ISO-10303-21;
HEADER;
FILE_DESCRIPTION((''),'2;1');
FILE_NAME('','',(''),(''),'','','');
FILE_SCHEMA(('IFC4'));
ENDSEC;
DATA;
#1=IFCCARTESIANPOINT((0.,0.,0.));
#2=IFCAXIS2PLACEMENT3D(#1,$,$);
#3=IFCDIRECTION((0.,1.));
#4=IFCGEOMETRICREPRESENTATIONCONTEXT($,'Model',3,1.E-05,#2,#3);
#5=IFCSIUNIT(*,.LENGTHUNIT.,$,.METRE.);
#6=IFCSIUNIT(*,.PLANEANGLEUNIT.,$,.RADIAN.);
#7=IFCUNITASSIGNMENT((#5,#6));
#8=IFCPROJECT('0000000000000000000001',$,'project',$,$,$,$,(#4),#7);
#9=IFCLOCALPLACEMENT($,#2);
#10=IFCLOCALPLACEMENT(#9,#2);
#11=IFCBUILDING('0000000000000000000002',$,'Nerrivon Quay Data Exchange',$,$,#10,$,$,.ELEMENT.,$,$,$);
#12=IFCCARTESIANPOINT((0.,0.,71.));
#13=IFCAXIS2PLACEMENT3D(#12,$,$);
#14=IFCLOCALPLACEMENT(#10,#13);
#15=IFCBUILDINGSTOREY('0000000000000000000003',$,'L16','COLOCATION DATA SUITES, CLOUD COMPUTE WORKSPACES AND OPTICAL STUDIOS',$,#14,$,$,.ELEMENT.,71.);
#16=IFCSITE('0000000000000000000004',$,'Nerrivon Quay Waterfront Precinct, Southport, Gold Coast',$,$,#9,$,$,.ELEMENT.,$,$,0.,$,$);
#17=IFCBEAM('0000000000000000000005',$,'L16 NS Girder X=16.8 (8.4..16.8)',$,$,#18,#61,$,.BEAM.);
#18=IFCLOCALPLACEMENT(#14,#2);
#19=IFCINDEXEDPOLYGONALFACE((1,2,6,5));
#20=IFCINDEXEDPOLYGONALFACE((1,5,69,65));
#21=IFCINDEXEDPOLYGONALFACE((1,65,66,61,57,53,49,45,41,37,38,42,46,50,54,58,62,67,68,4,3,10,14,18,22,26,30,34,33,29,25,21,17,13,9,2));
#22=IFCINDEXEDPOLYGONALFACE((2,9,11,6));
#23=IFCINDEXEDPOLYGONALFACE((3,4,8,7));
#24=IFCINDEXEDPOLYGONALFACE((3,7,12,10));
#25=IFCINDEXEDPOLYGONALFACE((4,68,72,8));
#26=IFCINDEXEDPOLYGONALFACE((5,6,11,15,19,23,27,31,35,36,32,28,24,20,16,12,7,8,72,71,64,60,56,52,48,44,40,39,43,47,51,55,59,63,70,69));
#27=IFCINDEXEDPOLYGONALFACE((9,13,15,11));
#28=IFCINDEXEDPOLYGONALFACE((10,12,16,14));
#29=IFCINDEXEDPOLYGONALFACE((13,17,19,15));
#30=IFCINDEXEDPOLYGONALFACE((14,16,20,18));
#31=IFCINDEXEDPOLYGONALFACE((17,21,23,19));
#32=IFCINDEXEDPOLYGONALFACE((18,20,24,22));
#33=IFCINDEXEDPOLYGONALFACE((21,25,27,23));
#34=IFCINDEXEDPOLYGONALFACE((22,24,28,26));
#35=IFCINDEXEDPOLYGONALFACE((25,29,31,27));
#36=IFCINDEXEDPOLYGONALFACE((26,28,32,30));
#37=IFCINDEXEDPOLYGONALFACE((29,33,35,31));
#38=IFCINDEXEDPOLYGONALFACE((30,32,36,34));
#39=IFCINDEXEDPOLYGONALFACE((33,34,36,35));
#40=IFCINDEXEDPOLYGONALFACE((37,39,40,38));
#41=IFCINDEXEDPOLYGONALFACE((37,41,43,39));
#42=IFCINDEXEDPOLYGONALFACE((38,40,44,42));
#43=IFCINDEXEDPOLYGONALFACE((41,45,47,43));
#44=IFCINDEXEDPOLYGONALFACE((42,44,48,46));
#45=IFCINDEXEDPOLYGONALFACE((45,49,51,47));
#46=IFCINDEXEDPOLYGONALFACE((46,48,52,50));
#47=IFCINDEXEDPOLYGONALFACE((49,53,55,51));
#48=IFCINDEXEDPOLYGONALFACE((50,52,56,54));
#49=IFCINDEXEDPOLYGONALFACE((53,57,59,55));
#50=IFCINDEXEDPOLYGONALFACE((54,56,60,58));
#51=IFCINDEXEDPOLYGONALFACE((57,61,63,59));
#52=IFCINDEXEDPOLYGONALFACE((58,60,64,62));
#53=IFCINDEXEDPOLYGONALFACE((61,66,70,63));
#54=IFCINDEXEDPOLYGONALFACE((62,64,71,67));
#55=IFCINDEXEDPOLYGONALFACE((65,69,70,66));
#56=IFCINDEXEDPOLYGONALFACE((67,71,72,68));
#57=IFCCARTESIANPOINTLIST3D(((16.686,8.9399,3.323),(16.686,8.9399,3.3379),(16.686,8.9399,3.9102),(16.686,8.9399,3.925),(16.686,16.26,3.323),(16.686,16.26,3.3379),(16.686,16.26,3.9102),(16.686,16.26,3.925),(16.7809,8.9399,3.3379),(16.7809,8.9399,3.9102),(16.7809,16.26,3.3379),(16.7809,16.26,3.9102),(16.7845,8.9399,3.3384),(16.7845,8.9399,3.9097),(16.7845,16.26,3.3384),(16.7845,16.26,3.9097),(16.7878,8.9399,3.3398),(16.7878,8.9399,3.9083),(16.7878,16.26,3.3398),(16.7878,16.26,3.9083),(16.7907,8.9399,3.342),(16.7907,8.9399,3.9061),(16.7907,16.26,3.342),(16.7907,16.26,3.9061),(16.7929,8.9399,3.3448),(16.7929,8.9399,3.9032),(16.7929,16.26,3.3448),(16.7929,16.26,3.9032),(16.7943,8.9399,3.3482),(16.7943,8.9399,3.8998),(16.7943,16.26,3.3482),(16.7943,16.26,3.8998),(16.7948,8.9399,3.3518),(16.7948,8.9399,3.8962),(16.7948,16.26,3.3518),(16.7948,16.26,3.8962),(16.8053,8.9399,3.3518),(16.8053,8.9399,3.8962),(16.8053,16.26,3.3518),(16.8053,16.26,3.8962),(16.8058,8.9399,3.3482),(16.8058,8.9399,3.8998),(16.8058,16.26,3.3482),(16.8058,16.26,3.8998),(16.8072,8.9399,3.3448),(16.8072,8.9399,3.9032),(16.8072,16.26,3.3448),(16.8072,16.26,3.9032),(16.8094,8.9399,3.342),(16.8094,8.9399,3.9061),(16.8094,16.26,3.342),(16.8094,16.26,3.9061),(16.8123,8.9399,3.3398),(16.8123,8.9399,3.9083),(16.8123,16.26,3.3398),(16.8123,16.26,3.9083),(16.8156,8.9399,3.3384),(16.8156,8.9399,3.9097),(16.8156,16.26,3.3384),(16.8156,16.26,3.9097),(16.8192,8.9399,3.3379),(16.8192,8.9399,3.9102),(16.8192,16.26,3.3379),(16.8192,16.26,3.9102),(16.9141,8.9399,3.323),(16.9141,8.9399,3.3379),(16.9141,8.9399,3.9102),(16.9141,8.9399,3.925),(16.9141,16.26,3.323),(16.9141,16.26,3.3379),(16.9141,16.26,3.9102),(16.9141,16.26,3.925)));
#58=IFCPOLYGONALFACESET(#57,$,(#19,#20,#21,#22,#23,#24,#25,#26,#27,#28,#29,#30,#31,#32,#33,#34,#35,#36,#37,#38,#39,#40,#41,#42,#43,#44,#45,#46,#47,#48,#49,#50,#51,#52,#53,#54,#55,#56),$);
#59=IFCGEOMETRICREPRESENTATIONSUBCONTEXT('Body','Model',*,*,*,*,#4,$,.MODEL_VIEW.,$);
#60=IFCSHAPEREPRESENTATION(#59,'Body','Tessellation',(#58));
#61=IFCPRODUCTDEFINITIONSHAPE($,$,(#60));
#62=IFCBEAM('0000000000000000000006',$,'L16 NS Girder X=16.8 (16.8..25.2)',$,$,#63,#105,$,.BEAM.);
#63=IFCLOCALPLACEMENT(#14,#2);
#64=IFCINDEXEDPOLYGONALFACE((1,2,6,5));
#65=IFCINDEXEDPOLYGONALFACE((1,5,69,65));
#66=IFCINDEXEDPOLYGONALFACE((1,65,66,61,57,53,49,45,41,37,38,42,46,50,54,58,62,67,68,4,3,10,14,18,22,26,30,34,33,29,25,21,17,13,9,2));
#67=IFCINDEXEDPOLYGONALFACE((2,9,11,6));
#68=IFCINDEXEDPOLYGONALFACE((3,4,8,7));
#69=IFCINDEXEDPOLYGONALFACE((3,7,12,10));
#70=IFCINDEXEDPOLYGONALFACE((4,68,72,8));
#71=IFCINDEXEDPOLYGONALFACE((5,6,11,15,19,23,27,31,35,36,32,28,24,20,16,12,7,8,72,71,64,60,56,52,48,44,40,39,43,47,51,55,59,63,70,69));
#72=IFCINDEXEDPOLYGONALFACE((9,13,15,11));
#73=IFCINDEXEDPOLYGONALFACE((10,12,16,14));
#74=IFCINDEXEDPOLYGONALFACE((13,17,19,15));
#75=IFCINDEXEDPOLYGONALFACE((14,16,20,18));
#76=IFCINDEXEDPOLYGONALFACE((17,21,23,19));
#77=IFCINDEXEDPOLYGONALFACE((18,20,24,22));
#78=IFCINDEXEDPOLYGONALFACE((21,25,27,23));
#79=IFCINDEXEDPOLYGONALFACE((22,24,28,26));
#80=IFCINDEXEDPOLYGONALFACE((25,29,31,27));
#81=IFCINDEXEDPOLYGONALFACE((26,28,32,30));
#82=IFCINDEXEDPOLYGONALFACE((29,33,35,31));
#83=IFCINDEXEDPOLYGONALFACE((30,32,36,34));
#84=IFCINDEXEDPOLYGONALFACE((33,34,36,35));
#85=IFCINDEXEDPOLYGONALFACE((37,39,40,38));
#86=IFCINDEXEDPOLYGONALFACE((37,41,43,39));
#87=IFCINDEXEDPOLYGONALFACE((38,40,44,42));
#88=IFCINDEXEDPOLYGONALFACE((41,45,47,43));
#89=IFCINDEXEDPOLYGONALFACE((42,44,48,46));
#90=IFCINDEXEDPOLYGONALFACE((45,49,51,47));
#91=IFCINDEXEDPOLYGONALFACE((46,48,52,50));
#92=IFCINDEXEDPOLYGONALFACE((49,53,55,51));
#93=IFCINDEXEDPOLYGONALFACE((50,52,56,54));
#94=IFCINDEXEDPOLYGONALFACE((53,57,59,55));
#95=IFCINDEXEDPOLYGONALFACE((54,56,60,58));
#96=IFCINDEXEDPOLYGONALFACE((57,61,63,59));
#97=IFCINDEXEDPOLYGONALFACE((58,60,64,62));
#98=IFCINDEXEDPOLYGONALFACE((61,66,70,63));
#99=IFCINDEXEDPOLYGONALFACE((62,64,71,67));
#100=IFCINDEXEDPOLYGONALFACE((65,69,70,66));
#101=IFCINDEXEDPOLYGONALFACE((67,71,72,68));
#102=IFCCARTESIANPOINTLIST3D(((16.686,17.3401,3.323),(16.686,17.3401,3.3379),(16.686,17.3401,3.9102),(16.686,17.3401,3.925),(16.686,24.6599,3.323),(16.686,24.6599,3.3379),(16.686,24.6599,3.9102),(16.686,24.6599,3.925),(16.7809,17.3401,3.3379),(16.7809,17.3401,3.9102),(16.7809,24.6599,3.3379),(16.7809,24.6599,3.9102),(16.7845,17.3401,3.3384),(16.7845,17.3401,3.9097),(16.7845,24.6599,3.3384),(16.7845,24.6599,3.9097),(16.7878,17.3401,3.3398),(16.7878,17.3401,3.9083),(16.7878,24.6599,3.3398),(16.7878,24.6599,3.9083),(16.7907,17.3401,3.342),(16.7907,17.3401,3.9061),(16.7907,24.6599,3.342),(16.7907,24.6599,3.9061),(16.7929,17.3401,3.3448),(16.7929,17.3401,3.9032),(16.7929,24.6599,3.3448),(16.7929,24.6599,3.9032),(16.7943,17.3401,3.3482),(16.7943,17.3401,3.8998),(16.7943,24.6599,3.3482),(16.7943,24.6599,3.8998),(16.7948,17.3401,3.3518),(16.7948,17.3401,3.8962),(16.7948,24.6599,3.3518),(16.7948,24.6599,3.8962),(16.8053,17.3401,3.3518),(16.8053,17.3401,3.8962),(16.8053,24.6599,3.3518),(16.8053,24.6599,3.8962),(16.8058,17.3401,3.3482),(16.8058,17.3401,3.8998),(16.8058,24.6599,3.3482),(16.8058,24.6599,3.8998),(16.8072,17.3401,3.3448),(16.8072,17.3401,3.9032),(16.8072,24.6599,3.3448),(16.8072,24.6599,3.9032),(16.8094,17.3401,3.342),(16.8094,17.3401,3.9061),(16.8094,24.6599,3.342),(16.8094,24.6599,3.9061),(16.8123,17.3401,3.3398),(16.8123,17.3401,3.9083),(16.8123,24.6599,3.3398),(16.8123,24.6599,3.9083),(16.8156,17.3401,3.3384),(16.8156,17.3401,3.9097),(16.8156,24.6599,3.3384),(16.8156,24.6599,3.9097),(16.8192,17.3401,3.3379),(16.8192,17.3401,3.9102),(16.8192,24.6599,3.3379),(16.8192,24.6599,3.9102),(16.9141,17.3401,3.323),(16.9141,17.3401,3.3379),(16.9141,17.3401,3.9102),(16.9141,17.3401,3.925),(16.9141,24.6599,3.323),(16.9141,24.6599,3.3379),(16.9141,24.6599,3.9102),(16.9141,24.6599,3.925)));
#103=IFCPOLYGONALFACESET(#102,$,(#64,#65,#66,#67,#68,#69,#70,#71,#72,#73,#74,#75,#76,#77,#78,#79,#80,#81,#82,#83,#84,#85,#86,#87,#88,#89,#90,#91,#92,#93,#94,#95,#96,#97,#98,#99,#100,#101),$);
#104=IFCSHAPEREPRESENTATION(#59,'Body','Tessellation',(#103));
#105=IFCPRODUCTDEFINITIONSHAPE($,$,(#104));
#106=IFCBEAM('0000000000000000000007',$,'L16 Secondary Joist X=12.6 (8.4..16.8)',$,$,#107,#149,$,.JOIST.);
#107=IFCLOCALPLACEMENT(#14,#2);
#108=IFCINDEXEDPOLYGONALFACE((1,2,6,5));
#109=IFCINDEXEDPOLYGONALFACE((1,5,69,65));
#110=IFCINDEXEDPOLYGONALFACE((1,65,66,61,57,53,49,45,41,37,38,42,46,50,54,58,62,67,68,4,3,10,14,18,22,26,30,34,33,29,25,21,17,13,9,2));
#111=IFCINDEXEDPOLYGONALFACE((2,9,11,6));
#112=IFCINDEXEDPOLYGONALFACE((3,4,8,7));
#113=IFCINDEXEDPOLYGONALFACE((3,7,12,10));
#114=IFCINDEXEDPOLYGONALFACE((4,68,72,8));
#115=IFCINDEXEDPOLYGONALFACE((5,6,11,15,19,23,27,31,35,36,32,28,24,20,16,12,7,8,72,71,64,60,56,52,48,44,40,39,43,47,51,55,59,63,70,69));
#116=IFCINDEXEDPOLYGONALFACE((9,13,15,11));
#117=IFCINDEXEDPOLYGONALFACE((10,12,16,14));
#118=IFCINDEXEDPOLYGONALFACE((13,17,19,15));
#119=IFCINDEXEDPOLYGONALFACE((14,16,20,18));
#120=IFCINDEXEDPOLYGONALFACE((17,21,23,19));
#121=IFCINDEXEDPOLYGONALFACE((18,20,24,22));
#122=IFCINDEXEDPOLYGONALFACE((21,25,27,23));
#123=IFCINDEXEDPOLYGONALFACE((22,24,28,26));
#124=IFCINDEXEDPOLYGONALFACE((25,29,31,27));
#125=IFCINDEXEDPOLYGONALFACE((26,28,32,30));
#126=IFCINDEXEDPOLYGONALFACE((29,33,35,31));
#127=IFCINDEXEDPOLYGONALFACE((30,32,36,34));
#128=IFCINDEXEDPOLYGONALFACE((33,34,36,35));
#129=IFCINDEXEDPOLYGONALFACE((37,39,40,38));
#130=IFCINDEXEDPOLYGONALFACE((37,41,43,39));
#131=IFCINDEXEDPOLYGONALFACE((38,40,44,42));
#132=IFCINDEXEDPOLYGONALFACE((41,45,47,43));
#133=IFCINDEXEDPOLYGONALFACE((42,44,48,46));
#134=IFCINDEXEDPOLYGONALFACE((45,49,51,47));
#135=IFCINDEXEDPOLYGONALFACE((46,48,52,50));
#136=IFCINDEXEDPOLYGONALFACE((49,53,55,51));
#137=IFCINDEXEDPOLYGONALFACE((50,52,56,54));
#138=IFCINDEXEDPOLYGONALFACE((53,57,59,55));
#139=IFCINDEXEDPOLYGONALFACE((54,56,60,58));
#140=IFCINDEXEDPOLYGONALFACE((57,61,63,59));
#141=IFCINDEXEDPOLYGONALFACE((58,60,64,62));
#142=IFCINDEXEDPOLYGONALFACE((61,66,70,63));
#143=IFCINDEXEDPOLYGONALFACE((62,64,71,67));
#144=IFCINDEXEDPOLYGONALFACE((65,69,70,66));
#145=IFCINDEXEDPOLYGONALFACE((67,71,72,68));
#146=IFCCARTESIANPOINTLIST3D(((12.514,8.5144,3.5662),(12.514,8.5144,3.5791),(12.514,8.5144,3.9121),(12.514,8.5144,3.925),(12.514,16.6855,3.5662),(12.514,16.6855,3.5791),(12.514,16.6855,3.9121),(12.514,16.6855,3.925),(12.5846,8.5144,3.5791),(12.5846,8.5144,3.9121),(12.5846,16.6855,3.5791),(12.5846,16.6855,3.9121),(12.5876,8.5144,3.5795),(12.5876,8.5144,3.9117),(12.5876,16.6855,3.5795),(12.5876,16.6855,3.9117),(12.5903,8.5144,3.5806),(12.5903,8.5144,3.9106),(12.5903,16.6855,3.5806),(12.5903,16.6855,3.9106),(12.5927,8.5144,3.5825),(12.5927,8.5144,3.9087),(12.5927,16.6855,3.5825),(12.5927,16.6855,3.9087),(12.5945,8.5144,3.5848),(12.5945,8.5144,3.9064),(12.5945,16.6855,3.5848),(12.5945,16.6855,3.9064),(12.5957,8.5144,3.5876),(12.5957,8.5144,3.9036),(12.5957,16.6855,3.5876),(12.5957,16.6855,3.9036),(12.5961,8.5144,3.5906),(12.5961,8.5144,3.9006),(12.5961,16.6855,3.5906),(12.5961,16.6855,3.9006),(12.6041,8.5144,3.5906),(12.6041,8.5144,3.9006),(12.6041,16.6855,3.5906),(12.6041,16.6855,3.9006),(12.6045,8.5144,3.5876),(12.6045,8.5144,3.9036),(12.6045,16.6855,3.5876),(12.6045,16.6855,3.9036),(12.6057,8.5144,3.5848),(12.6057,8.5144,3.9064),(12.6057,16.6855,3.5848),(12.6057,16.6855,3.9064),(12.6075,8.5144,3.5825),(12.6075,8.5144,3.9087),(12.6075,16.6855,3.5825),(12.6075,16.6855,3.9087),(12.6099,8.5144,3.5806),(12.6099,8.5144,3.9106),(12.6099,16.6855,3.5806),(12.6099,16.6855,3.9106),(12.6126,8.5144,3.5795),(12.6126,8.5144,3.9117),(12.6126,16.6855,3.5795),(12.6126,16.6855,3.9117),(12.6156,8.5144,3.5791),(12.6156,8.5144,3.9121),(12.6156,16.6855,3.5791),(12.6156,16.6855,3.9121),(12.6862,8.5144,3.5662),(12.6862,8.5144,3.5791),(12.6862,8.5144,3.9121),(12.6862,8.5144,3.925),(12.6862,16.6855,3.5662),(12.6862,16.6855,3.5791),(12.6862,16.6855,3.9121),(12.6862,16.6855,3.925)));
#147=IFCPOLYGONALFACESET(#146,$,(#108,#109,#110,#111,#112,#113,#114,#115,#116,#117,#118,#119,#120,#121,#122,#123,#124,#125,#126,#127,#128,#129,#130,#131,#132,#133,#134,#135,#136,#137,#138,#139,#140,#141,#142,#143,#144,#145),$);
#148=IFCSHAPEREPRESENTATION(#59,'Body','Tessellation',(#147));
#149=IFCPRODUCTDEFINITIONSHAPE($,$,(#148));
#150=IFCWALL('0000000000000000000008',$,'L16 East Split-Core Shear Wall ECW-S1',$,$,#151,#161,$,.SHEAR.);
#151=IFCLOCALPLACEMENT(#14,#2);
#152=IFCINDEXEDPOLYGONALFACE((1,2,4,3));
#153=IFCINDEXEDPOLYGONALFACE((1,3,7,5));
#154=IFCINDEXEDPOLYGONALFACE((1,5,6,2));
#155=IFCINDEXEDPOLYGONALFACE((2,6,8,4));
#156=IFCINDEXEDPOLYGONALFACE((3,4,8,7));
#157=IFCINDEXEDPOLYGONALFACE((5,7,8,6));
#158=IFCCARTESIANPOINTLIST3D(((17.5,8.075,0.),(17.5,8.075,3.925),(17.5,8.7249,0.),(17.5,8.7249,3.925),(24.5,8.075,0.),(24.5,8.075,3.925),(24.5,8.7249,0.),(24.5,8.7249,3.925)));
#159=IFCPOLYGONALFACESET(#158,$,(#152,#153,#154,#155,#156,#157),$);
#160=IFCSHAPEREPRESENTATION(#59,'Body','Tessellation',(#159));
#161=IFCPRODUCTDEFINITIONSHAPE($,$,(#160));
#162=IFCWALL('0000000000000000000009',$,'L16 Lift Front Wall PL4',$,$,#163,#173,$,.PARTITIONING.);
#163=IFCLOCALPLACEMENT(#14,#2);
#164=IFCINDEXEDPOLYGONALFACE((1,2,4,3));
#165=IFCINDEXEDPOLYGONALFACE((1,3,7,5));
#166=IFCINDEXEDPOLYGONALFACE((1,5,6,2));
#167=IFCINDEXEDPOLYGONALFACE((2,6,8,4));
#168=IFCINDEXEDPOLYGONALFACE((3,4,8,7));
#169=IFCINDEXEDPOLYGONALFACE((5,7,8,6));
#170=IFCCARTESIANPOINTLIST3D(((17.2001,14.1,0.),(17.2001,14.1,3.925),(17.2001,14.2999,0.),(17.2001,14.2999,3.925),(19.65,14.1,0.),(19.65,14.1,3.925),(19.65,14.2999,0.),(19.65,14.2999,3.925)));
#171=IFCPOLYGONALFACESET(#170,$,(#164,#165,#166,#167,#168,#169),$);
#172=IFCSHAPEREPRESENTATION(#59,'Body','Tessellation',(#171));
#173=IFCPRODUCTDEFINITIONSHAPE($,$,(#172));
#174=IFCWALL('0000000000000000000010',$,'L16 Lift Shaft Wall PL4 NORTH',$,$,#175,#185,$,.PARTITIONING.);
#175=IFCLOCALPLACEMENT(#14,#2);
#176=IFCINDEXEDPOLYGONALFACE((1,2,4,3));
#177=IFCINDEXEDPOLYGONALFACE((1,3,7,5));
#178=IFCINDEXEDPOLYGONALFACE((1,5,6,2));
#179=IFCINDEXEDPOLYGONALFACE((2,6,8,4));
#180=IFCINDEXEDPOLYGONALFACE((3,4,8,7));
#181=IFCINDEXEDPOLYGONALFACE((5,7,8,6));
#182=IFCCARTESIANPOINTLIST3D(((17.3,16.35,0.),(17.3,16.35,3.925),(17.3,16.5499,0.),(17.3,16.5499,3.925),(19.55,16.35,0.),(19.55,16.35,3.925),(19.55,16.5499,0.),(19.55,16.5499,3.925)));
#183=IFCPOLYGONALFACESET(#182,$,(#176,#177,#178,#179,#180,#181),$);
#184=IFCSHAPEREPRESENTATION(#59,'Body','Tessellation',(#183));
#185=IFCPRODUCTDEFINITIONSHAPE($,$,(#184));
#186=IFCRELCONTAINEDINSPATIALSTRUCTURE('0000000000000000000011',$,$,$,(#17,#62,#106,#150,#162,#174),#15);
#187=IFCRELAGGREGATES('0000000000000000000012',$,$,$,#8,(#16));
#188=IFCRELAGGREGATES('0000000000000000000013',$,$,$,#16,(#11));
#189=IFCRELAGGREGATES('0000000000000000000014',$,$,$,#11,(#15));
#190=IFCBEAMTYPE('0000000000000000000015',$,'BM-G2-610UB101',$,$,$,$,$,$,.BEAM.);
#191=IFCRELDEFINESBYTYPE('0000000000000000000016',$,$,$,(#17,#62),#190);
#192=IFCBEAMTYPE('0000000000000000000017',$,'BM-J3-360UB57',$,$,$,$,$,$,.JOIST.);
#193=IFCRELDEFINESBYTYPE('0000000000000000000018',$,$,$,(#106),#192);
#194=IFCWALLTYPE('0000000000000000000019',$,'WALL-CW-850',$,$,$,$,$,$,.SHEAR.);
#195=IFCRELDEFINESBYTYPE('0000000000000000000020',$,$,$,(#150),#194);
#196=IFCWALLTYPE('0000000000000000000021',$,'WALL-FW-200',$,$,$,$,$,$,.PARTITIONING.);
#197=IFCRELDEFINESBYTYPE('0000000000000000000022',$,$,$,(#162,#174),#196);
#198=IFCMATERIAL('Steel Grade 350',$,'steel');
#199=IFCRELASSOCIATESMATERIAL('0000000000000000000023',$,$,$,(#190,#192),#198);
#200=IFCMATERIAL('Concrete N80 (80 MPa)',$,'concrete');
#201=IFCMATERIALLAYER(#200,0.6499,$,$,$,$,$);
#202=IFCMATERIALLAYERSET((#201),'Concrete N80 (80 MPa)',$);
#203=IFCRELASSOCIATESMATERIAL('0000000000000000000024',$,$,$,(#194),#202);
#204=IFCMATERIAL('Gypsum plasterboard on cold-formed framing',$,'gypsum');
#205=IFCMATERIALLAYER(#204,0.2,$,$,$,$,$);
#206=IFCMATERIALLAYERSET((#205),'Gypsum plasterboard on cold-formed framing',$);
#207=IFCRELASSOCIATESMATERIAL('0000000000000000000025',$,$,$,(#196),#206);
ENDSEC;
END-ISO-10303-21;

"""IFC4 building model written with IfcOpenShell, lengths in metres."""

from ifc_helpers import new_model, si_unit, direction, frame, frame_2d, origin, origin_2d, place, context, subcontext, project, spatial, rectangle, i_section, extrude, material, layer, layer_set, material_profile, profile_set, type_object, element, save


model = new_model("IFC4")

# Units and contexts
model_context = context("Model", 3, precision=1e-05, world=origin(), true_north=direction((0.0, 1.0)))
body_context = subcontext(model_context, "Body", "Model", "MODEL_VIEW")
ifc_project = project(units=[si_unit("LENGTHUNIT", "METRE"), si_unit("PLANEANGLEUNIT", "RADIAN")], contexts=[model_context])

# Site, building, storey
site_placement = place(None, origin())
site = spatial("IfcSite", under=ifc_project, at=site_placement, Name="Nerrivon Quay Waterfront Precinct, Southport, Gold Coast", CompositionType="ELEMENT", RefElevation=0.0)
building_placement = place(site_placement, origin())
building = spatial("IfcBuilding", under=site, at=building_placement, Name="Nerrivon Quay Data Exchange", CompositionType="ELEMENT")
storey_placement = place(building_placement, frame((0.0, 0.0, 71.0)))
storey = spatial("IfcBuildingStorey", under=building, at=storey_placement, Name="L16", Description="COLOCATION DATA SUITES, CLOUD COMPUTE WORKSPACES AND OPTICAL STUDIOS", CompositionType="ELEMENT", Elevation=71.0)

# Shared definitions
ifc_material_1 = material(Name="Concrete N80 (80 MPa)", Category="concrete")
ifc_material_2 = material(Name="Steel Grade 350", Category="steel")

# Beams
ifc_material_profile_1 = material_profile(ifc_material_2, i_section(OverallWidth=0.228, OverallDepth=0.6021, WebThickness=0.0105, FlangeThickness=0.0149, FilletRadius=0.0139, at=origin_2d()), Name="610UB101")
ifc_profile_set_1 = profile_set([ifc_material_profile_1], Name="Steel Grade 350")
beam_type_1 = type_object("IfcBeamType", Name="BM-G2-610UB101", PredefinedType="BEAM", material=ifc_profile_set_1)
beam_1_placement = place(storey_placement, frame((16.8, 8.9399, 3.624), z_axis=(0.0, 1.0, 0.0), x_axis=(-1.0, 0.0, 0.0)))
element("IfcBeam", 1, at=beam_1_placement, inside=storey, type_object=beam_type_1, Name="L16 NS Girder X=16.8 (8.4..16.8)", PredefinedType="BEAM", context=body_context, shape_type="SweptSolid", body=[
    extrude(i_section(OverallWidth=0.228, OverallDepth=0.6021, WebThickness=0.0105, FlangeThickness=0.0149, FilletRadius=0.0139, at=origin_2d()), origin(), (0.0, 0.0, 1.0), 7.3201),
])
beam_2_placement = place(storey_placement, frame((16.8, 17.3401, 3.624), z_axis=(0.0, 1.0, 0.0), x_axis=(-1.0, 0.0, 0.0)))
element("IfcBeam", 2, at=beam_2_placement, inside=storey, type_object=beam_type_1, Name="L16 NS Girder X=16.8 (16.8..25.2)", PredefinedType="BEAM", context=body_context, shape_type="SweptSolid", body=[
    extrude(i_section(OverallWidth=0.228, OverallDepth=0.6021, WebThickness=0.0105, FlangeThickness=0.0149, FilletRadius=0.0139, at=origin_2d()), origin(), (0.0, 0.0, 1.0), 7.3198),
])
ifc_material_profile_2 = material_profile(ifc_material_2, i_section(OverallWidth=0.1721, OverallDepth=0.3589, WebThickness=0.0081, FlangeThickness=0.0129, FilletRadius=0.0115, at=origin_2d()), Name="360UB56.7")
ifc_profile_set_2 = profile_set([ifc_material_profile_2], Name="Steel Grade 350")
beam_type_2 = type_object("IfcBeamType", Name="BM-J3-360UB57", PredefinedType="JOIST", material=ifc_profile_set_2)
beam_3_placement = place(storey_placement, frame((12.6001, 8.5144, 3.7456), z_axis=(0.0, 1.0, 0.0), x_axis=(-1.0, 0.0, 0.0)))
element("IfcBeam", 3, at=beam_3_placement, inside=storey, type_object=beam_type_2, Name="L16 Secondary Joist X=12.6 (8.4..16.8)", PredefinedType="JOIST", context=body_context, shape_type="SweptSolid", body=[
    extrude(i_section(OverallWidth=0.1721, OverallDepth=0.3589, WebThickness=0.0081, FlangeThickness=0.0129, FilletRadius=0.0115, at=origin_2d()), origin(), (0.0, 0.0, 1.0), 8.1711),
])

# Wall
ifc_layer_1 = layer(ifc_material_1, 0.6499)
ifc_layer_set_1 = layer_set([ifc_layer_1], Name="Concrete N80 (80 MPa)")
wall_type_1 = type_object("IfcWallType", Name="WALL-CW-850", PredefinedType="SHEAR", material=ifc_layer_set_1)
wall_1_placement = place(storey_placement, frame((17.5, 8.3999, 0.0), z_axis=(0.0, 0.0, 1.0), x_axis=(1.0, 0.0, 0.0)))
element("IfcWall", 4, at=wall_1_placement, inside=storey, type_object=wall_type_1, Name="L16 East Split-Core Shear Wall ECW-S1", PredefinedType="SHEAR", context=body_context, shape_type="SweptSolid", body=[
    extrude(rectangle(XDim=7.0, YDim=0.6499, at=frame_2d((3.5, 0.0))), origin(), (0.0, 0.0, 1.0), 3.925),
])

# Walls
ifc_material_3 = material(Name="Gypsum plasterboard on cold-formed framing", Category="gypsum")
ifc_layer_2 = layer(ifc_material_3, 0.2)
ifc_layer_set_2 = layer_set([ifc_layer_2], Name="Gypsum plasterboard on cold-formed framing")
wall_type_2 = type_object("IfcWallType", Name="WALL-FW-200", PredefinedType="PARTITIONING", material=ifc_layer_set_2)
wall_2_placement = place(storey_placement, frame((17.2, 14.2, 0.0), z_axis=(0.0, 0.0, 1.0), x_axis=(1.0, 0.0, 0.0)))
element("IfcWall", 5, at=wall_2_placement, inside=storey, type_object=wall_type_2, Name="L16 Lift Front Wall PL4", PredefinedType="PARTITIONING", context=body_context, shape_type="SweptSolid", body=[
    extrude(rectangle(XDim=2.45, YDim=0.2, at=frame_2d((1.2251, 0.0))), origin(), (0.0, 0.0, 1.0), 3.925),
])
wall_3_placement = place(storey_placement, frame((17.3, 16.45, 0.0), z_axis=(0.0, 0.0, 1.0), x_axis=(1.0, 0.0, 0.0)))
element("IfcWall", 6, at=wall_3_placement, inside=storey, type_object=wall_type_2, Name="L16 Lift Shaft Wall PL4 NORTH", PredefinedType="PARTITIONING", context=body_context, shape_type="SweptSolid", body=[
    extrude(rectangle(XDim=2.25, YDim=0.2, at=frame_2d((1.125, 0.0))), origin(), (0.0, 0.0, 1.0), 3.925),
])

save(model, "model.ifc")
